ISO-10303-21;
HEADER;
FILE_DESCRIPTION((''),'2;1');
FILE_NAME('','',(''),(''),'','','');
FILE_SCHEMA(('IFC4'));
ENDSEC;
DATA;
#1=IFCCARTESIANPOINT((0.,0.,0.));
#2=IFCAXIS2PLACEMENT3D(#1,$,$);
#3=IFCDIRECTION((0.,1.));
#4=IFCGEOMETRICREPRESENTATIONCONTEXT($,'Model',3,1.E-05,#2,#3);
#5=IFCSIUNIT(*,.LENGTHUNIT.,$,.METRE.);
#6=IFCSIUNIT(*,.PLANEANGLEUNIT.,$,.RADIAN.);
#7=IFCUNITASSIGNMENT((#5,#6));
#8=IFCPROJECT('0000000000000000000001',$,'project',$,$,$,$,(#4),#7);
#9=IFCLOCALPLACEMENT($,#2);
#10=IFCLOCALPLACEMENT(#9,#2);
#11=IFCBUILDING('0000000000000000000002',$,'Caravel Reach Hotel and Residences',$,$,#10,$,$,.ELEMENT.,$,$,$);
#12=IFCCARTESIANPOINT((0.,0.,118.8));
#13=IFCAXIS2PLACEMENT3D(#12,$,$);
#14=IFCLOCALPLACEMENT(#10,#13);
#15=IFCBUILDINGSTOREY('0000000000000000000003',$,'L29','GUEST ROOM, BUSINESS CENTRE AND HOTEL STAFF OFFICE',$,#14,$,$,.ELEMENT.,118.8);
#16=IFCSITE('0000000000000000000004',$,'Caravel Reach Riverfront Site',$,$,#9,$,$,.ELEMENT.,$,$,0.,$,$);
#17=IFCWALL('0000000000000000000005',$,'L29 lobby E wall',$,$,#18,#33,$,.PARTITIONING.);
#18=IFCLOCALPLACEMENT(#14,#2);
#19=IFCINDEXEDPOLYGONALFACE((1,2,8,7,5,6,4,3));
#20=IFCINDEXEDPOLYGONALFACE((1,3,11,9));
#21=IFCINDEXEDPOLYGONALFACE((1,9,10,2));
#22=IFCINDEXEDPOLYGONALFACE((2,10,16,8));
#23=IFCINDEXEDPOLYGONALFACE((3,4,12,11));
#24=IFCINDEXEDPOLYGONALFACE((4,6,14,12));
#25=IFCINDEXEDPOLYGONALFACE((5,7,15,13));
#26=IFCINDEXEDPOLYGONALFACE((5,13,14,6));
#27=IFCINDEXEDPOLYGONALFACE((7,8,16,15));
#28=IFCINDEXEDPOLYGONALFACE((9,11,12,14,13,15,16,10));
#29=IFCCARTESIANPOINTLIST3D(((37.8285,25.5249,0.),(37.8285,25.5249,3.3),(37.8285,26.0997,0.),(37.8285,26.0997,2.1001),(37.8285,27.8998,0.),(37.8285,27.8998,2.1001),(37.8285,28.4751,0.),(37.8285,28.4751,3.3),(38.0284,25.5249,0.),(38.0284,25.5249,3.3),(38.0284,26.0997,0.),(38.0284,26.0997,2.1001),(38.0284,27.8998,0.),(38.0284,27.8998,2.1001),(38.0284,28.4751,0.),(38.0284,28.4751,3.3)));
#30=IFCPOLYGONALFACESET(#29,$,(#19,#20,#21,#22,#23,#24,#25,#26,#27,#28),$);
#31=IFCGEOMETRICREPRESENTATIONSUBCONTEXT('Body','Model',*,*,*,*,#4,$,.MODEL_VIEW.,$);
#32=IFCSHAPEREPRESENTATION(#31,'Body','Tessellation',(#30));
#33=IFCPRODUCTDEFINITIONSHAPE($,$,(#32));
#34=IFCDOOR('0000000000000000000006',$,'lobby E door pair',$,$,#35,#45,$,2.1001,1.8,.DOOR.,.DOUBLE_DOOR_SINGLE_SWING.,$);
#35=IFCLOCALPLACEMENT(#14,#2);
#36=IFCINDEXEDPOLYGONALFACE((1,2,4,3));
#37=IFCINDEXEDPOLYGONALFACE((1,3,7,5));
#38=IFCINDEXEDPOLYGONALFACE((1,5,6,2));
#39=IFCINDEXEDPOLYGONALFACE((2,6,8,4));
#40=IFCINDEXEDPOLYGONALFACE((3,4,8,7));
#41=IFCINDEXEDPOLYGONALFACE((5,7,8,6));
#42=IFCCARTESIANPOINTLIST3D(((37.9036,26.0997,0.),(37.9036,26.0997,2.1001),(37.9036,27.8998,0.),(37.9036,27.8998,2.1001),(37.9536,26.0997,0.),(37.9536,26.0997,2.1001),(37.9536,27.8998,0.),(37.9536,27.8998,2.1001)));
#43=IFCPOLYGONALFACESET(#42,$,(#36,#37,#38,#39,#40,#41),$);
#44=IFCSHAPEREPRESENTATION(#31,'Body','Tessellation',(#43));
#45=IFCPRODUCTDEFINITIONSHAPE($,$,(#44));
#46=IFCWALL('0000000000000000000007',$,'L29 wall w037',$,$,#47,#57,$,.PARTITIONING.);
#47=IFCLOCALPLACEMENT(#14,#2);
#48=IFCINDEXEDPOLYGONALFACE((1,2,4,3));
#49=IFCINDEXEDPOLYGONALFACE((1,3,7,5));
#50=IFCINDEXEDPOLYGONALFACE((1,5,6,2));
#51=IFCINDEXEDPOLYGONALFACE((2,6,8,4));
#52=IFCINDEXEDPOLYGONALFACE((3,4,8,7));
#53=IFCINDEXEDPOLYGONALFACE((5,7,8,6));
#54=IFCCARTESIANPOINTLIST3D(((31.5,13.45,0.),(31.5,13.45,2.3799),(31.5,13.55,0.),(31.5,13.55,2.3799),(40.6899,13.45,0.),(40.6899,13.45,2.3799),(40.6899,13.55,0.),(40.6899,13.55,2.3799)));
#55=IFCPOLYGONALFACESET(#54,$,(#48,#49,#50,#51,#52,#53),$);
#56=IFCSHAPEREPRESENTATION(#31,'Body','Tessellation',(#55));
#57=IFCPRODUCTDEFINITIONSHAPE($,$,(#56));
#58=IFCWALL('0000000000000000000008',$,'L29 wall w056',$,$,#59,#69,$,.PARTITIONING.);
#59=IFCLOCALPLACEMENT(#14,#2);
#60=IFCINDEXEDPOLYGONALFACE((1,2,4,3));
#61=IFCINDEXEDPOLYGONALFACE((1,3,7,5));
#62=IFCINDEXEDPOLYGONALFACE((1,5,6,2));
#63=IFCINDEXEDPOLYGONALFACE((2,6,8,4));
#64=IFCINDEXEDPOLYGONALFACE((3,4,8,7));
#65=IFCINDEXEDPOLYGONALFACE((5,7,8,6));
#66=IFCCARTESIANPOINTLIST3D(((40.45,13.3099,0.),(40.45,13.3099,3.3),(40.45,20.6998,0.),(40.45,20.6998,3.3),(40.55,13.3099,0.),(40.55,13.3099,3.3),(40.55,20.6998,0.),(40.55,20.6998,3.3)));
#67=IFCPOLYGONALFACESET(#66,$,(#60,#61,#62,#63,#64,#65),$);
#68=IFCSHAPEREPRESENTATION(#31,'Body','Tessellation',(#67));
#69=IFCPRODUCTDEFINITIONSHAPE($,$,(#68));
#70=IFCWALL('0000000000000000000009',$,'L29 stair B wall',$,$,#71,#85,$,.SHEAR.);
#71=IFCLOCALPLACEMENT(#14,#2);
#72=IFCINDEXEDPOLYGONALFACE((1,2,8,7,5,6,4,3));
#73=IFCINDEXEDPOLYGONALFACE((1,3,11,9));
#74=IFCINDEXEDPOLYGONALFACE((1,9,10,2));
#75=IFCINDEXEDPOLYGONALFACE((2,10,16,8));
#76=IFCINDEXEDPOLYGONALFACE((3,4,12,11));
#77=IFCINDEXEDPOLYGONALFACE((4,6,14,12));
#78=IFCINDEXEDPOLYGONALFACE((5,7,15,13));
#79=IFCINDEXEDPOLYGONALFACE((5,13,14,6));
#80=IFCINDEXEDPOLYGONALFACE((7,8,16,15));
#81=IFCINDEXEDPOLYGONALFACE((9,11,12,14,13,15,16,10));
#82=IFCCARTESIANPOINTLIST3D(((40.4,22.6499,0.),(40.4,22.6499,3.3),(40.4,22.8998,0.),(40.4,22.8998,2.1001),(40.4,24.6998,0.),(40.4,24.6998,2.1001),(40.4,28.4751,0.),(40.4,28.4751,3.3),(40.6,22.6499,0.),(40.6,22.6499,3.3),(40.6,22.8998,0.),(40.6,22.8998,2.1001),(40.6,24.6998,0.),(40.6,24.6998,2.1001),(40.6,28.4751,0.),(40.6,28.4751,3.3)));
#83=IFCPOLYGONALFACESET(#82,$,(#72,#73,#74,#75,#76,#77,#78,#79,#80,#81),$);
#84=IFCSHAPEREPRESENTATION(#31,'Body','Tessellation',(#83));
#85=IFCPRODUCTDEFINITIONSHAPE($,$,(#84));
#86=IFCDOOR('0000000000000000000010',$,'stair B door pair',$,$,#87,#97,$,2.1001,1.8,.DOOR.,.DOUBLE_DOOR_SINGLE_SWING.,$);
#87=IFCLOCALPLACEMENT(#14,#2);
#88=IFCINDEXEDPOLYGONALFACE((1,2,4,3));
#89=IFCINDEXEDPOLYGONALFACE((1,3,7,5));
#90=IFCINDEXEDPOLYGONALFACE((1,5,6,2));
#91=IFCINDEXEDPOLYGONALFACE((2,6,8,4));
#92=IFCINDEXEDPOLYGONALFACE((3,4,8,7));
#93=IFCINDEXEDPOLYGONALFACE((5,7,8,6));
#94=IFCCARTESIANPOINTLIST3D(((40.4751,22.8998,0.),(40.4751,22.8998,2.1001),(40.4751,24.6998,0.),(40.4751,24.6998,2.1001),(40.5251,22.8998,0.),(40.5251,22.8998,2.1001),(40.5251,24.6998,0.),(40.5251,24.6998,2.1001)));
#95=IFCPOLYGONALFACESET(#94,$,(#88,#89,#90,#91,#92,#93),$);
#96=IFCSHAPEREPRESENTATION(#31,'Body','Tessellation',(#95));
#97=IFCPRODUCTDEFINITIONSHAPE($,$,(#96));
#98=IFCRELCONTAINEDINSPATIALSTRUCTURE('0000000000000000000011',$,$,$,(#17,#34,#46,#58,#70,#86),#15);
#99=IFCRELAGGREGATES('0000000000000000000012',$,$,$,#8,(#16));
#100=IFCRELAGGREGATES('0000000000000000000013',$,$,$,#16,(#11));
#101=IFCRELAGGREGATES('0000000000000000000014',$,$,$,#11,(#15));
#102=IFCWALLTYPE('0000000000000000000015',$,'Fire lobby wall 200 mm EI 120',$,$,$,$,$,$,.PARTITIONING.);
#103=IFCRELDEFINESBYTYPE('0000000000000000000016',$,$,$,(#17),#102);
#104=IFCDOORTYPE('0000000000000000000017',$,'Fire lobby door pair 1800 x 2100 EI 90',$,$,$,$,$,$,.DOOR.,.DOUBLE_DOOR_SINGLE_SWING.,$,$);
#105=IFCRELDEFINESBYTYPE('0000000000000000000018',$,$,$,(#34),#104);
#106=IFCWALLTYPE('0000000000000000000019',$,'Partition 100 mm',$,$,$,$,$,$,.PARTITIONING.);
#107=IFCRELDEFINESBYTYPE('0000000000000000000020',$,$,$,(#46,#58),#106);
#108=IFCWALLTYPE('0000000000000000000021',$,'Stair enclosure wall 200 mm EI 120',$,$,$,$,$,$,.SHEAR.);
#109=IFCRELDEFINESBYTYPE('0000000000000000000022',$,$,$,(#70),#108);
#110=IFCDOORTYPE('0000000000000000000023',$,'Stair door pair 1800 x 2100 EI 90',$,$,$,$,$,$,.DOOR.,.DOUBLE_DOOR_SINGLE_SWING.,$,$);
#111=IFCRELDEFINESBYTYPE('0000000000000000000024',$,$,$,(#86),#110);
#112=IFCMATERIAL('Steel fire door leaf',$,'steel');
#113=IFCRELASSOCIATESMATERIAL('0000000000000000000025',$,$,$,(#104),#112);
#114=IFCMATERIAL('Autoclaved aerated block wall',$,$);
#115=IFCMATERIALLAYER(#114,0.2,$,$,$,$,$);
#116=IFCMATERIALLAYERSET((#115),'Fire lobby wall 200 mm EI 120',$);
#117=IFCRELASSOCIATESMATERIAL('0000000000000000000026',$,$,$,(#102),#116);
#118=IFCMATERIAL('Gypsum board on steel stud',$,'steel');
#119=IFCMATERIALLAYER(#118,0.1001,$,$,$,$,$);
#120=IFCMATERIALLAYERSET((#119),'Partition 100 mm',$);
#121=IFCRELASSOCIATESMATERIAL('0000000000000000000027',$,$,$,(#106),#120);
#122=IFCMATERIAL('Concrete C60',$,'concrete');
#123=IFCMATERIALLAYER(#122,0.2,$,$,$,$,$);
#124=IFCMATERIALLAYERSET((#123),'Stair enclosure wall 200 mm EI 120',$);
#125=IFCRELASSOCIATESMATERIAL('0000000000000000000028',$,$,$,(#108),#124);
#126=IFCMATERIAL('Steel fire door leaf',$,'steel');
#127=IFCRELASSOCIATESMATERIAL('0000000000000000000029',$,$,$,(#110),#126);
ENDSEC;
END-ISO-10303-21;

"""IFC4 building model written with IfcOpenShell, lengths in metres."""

from ifc_helpers import new_model, si_unit, direction, frame, frame_2d, origin, place, context, subcontext, project, spatial, rectangle, extrude, material, layer, layer_set, type_object, element, fill, save


model = new_model("IFC4")

# Units and contexts
model_context = context("Model", 3, precision=1e-05, world=origin(), true_north=direction((0.0, 1.0)))
body_context = subcontext(model_context, "Body", "Model", "MODEL_VIEW")
ifc_project = project(units=[si_unit("LENGTHUNIT", "METRE"), si_unit("PLANEANGLEUNIT", "RADIAN")], contexts=[model_context])

# Site, building, storey
site_placement = place(None, origin())
site = spatial("IfcSite", under=ifc_project, at=site_placement, Name="Caravel Reach Riverfront Site", CompositionType="ELEMENT", RefElevation=0.0)
building_placement = place(site_placement, origin())
building = spatial("IfcBuilding", under=site, at=building_placement, Name="Caravel Reach Hotel and Residences", CompositionType="ELEMENT")
storey_placement = place(building_placement, frame((0.0, 0.0, 118.8)))
storey = spatial("IfcBuildingStorey", under=building, at=storey_placement, Name="L29", Description="GUEST ROOM, BUSINESS CENTRE AND HOTEL STAFF OFFICE", CompositionType="ELEMENT", Elevation=118.8)

# Shared definitions
ifc_material_1 = material(Name="Steel fire door leaf", Category="steel")
door_type_1 = type_object("IfcDoorType", Name="Fire lobby door pair 1800 x 2100 EI 90", OperationType="DOUBLE_DOOR_SINGLE_SWING", PredefinedType="DOOR", material=ifc_material_1)

# Wall, opening, door
ifc_material_2 = material(Name="Autoclaved aerated block wall")
ifc_layer_1 = layer(ifc_material_2, 0.2)
ifc_layer_set_1 = layer_set([ifc_layer_1], Name="Fire lobby wall 200 mm EI 120")
wall_type_1 = type_object("IfcWallType", Name="Fire lobby wall 200 mm EI 120", PredefinedType="PARTITIONING", material=ifc_layer_set_1)
wall_1_placement = place(storey_placement, frame((37.9285, 25.5249, 0.0), z_axis=(0.0, 0.0, 1.0), x_axis=(0.0, 1.0, 0.0)))
wall_1 = element("IfcWall", 1, at=wall_1_placement, inside=storey, type_object=wall_type_1, Name="L29 lobby E wall", PredefinedType="PARTITIONING", context=body_context, shape_type="SweptSolid", body=[
    extrude(rectangle(XDim=2.9502, YDim=0.2, at=frame_2d((1.4751, 0.0))), origin(), (0.0, 0.0, 1.0), 3.3),
])
opening_1_placement = place(wall_1_placement, frame((0.575, 0.0, 0.0)))
opening_1 = element("IfcOpeningElement", 2, at=opening_1_placement, cuts=wall_1, PredefinedType="OPENING", context=body_context, shape_type="SweptSolid", body=[
    extrude(rectangle(XDim=1.8, YDim=2.1001, at=frame_2d((0.8999, 1.05))), frame((0.0, 0.1099, 0.0), z_axis=(0.0, -1.0, 0.0), x_axis=(1.0, 0.0, 0.0)), (0.0, 0.0, 1.0), 0.22),
])
door_1_placement = place(opening_1_placement, origin())
door_1 = element("IfcDoor", 3, at=door_1_placement, inside=storey, type_object=door_type_1, Name="lobby E door pair", OperationType="DOUBLE_DOOR_SINGLE_SWING", OverallHeight=2.1001, OverallWidth=1.8, PredefinedType="DOOR", context=body_context, shape_type="SweptSolid", body=[
    extrude(rectangle(XDim=1.8, YDim=2.1001, at=frame_2d((0.8999, 1.05))), frame((0.0, 0.0249, 0.0), z_axis=(0.0, -1.0, 0.0), x_axis=(1.0, 0.0, 0.0)), (0.0, 0.0, 1.0), 0.05),
])
fill(opening_1, door_1)

# Walls
ifc_material_3 = material(Name="Gypsum board on steel stud", Category="steel")
ifc_layer_2 = layer(ifc_material_3, 0.1001)
ifc_layer_set_2 = layer_set([ifc_layer_2], Name="Partition 100 mm")
wall_type_2 = type_object("IfcWallType", Name="Partition 100 mm", PredefinedType="PARTITIONING", material=ifc_layer_set_2)
wall_2_placement = place(storey_placement, frame((31.5, 13.5, 0.0), z_axis=(0.0, 0.0, 1.0), x_axis=(1.0, 0.0, 0.0)))
element("IfcWall", 4, at=wall_2_placement, inside=storey, type_object=wall_type_2, Name="L29 wall w037", PredefinedType="PARTITIONING", context=body_context, shape_type="SweptSolid", body=[
    extrude(rectangle(XDim=9.1899, YDim=0.1001, at=frame_2d((4.595, 0.0))), origin(), (0.0, 0.0, 1.0), 2.3799),
])
wall_3_placement = place(storey_placement, frame((40.5, 13.3101, 0.0), z_axis=(0.0, 0.0, 1.0), x_axis=(0.0, 1.0, 0.0)))
element("IfcWall", 5, at=wall_3_placement, inside=storey, type_object=wall_type_2, Name="L29 wall w056", PredefinedType="PARTITIONING", context=body_context, shape_type="SweptSolid", body=[
    extrude(rectangle(XDim=7.3899, YDim=0.1001, at=frame_2d((3.6948, 0.0))), origin(), (0.0, 0.0, 1.0), 3.3),
])

# Wall, opening, door
ifc_material_4 = material(Name="Concrete C60", Category="concrete")
ifc_layer_3 = layer(ifc_material_4, 0.2)
ifc_layer_set_3 = layer_set([ifc_layer_3], Name="Stair enclosure wall 200 mm EI 120")
wall_type_3 = type_object("IfcWallType", Name="Stair enclosure wall 200 mm EI 120", PredefinedType="SHEAR", material=ifc_layer_set_3)
wall_4_placement = place(storey_placement, frame((40.5, 22.6499, 0.0), z_axis=(0.0, 0.0, 1.0), x_axis=(0.0, 1.0, 0.0)))
wall_4 = element("IfcWall", 6, at=wall_4_placement, inside=storey, type_object=wall_type_3, Name="L29 stair B wall", PredefinedType="SHEAR", context=body_context, shape_type="SweptSolid", body=[
    extrude(rectangle(XDim=5.8252, YDim=0.2, at=frame_2d((2.9126, 0.0))), origin(), (0.0, 0.0, 1.0), 3.3),
])
opening_2_placement = place(wall_4_placement, frame((0.25, 0.0, 0.0)))
opening_2 = element("IfcOpeningElement", 7, at=opening_2_placement, cuts=wall_4, PredefinedType="OPENING", context=body_context, shape_type="SweptSolid", body=[
    extrude(rectangle(XDim=1.8, YDim=2.1001, at=frame_2d((0.8999, 1.05))), frame((0.0, 0.1099, 0.0), z_axis=(0.0, -1.0, 0.0), x_axis=(1.0, 0.0, 0.0)), (0.0, 0.0, 1.0), 0.22),
])
ifc_material_5 = material(Name="Steel fire door leaf", Category="steel")
door_type_2 = type_object("IfcDoorType", Name="Stair door pair 1800 x 2100 EI 90", OperationType="DOUBLE_DOOR_SINGLE_SWING", PredefinedType="DOOR", material=ifc_material_5)
door_2_placement = place(opening_2_placement, origin())
door_2 = element("IfcDoor", 8, at=door_2_placement, inside=storey, type_object=door_type_2, Name="stair B door pair", OperationType="DOUBLE_DOOR_SINGLE_SWING", OverallHeight=2.1001, OverallWidth=1.8, PredefinedType="DOOR", context=body_context, shape_type="SweptSolid", body=[
    extrude(rectangle(XDim=1.8, YDim=2.1001, at=frame_2d((0.8999, 1.05))), frame((0.0, 0.0249, 0.0), z_axis=(0.0, -1.0, 0.0), x_axis=(1.0, 0.0, 0.0)), (0.0, 0.0, 1.0), 0.05),
])
fill(opening_2, door_2)

save(model, "model.ifc")
